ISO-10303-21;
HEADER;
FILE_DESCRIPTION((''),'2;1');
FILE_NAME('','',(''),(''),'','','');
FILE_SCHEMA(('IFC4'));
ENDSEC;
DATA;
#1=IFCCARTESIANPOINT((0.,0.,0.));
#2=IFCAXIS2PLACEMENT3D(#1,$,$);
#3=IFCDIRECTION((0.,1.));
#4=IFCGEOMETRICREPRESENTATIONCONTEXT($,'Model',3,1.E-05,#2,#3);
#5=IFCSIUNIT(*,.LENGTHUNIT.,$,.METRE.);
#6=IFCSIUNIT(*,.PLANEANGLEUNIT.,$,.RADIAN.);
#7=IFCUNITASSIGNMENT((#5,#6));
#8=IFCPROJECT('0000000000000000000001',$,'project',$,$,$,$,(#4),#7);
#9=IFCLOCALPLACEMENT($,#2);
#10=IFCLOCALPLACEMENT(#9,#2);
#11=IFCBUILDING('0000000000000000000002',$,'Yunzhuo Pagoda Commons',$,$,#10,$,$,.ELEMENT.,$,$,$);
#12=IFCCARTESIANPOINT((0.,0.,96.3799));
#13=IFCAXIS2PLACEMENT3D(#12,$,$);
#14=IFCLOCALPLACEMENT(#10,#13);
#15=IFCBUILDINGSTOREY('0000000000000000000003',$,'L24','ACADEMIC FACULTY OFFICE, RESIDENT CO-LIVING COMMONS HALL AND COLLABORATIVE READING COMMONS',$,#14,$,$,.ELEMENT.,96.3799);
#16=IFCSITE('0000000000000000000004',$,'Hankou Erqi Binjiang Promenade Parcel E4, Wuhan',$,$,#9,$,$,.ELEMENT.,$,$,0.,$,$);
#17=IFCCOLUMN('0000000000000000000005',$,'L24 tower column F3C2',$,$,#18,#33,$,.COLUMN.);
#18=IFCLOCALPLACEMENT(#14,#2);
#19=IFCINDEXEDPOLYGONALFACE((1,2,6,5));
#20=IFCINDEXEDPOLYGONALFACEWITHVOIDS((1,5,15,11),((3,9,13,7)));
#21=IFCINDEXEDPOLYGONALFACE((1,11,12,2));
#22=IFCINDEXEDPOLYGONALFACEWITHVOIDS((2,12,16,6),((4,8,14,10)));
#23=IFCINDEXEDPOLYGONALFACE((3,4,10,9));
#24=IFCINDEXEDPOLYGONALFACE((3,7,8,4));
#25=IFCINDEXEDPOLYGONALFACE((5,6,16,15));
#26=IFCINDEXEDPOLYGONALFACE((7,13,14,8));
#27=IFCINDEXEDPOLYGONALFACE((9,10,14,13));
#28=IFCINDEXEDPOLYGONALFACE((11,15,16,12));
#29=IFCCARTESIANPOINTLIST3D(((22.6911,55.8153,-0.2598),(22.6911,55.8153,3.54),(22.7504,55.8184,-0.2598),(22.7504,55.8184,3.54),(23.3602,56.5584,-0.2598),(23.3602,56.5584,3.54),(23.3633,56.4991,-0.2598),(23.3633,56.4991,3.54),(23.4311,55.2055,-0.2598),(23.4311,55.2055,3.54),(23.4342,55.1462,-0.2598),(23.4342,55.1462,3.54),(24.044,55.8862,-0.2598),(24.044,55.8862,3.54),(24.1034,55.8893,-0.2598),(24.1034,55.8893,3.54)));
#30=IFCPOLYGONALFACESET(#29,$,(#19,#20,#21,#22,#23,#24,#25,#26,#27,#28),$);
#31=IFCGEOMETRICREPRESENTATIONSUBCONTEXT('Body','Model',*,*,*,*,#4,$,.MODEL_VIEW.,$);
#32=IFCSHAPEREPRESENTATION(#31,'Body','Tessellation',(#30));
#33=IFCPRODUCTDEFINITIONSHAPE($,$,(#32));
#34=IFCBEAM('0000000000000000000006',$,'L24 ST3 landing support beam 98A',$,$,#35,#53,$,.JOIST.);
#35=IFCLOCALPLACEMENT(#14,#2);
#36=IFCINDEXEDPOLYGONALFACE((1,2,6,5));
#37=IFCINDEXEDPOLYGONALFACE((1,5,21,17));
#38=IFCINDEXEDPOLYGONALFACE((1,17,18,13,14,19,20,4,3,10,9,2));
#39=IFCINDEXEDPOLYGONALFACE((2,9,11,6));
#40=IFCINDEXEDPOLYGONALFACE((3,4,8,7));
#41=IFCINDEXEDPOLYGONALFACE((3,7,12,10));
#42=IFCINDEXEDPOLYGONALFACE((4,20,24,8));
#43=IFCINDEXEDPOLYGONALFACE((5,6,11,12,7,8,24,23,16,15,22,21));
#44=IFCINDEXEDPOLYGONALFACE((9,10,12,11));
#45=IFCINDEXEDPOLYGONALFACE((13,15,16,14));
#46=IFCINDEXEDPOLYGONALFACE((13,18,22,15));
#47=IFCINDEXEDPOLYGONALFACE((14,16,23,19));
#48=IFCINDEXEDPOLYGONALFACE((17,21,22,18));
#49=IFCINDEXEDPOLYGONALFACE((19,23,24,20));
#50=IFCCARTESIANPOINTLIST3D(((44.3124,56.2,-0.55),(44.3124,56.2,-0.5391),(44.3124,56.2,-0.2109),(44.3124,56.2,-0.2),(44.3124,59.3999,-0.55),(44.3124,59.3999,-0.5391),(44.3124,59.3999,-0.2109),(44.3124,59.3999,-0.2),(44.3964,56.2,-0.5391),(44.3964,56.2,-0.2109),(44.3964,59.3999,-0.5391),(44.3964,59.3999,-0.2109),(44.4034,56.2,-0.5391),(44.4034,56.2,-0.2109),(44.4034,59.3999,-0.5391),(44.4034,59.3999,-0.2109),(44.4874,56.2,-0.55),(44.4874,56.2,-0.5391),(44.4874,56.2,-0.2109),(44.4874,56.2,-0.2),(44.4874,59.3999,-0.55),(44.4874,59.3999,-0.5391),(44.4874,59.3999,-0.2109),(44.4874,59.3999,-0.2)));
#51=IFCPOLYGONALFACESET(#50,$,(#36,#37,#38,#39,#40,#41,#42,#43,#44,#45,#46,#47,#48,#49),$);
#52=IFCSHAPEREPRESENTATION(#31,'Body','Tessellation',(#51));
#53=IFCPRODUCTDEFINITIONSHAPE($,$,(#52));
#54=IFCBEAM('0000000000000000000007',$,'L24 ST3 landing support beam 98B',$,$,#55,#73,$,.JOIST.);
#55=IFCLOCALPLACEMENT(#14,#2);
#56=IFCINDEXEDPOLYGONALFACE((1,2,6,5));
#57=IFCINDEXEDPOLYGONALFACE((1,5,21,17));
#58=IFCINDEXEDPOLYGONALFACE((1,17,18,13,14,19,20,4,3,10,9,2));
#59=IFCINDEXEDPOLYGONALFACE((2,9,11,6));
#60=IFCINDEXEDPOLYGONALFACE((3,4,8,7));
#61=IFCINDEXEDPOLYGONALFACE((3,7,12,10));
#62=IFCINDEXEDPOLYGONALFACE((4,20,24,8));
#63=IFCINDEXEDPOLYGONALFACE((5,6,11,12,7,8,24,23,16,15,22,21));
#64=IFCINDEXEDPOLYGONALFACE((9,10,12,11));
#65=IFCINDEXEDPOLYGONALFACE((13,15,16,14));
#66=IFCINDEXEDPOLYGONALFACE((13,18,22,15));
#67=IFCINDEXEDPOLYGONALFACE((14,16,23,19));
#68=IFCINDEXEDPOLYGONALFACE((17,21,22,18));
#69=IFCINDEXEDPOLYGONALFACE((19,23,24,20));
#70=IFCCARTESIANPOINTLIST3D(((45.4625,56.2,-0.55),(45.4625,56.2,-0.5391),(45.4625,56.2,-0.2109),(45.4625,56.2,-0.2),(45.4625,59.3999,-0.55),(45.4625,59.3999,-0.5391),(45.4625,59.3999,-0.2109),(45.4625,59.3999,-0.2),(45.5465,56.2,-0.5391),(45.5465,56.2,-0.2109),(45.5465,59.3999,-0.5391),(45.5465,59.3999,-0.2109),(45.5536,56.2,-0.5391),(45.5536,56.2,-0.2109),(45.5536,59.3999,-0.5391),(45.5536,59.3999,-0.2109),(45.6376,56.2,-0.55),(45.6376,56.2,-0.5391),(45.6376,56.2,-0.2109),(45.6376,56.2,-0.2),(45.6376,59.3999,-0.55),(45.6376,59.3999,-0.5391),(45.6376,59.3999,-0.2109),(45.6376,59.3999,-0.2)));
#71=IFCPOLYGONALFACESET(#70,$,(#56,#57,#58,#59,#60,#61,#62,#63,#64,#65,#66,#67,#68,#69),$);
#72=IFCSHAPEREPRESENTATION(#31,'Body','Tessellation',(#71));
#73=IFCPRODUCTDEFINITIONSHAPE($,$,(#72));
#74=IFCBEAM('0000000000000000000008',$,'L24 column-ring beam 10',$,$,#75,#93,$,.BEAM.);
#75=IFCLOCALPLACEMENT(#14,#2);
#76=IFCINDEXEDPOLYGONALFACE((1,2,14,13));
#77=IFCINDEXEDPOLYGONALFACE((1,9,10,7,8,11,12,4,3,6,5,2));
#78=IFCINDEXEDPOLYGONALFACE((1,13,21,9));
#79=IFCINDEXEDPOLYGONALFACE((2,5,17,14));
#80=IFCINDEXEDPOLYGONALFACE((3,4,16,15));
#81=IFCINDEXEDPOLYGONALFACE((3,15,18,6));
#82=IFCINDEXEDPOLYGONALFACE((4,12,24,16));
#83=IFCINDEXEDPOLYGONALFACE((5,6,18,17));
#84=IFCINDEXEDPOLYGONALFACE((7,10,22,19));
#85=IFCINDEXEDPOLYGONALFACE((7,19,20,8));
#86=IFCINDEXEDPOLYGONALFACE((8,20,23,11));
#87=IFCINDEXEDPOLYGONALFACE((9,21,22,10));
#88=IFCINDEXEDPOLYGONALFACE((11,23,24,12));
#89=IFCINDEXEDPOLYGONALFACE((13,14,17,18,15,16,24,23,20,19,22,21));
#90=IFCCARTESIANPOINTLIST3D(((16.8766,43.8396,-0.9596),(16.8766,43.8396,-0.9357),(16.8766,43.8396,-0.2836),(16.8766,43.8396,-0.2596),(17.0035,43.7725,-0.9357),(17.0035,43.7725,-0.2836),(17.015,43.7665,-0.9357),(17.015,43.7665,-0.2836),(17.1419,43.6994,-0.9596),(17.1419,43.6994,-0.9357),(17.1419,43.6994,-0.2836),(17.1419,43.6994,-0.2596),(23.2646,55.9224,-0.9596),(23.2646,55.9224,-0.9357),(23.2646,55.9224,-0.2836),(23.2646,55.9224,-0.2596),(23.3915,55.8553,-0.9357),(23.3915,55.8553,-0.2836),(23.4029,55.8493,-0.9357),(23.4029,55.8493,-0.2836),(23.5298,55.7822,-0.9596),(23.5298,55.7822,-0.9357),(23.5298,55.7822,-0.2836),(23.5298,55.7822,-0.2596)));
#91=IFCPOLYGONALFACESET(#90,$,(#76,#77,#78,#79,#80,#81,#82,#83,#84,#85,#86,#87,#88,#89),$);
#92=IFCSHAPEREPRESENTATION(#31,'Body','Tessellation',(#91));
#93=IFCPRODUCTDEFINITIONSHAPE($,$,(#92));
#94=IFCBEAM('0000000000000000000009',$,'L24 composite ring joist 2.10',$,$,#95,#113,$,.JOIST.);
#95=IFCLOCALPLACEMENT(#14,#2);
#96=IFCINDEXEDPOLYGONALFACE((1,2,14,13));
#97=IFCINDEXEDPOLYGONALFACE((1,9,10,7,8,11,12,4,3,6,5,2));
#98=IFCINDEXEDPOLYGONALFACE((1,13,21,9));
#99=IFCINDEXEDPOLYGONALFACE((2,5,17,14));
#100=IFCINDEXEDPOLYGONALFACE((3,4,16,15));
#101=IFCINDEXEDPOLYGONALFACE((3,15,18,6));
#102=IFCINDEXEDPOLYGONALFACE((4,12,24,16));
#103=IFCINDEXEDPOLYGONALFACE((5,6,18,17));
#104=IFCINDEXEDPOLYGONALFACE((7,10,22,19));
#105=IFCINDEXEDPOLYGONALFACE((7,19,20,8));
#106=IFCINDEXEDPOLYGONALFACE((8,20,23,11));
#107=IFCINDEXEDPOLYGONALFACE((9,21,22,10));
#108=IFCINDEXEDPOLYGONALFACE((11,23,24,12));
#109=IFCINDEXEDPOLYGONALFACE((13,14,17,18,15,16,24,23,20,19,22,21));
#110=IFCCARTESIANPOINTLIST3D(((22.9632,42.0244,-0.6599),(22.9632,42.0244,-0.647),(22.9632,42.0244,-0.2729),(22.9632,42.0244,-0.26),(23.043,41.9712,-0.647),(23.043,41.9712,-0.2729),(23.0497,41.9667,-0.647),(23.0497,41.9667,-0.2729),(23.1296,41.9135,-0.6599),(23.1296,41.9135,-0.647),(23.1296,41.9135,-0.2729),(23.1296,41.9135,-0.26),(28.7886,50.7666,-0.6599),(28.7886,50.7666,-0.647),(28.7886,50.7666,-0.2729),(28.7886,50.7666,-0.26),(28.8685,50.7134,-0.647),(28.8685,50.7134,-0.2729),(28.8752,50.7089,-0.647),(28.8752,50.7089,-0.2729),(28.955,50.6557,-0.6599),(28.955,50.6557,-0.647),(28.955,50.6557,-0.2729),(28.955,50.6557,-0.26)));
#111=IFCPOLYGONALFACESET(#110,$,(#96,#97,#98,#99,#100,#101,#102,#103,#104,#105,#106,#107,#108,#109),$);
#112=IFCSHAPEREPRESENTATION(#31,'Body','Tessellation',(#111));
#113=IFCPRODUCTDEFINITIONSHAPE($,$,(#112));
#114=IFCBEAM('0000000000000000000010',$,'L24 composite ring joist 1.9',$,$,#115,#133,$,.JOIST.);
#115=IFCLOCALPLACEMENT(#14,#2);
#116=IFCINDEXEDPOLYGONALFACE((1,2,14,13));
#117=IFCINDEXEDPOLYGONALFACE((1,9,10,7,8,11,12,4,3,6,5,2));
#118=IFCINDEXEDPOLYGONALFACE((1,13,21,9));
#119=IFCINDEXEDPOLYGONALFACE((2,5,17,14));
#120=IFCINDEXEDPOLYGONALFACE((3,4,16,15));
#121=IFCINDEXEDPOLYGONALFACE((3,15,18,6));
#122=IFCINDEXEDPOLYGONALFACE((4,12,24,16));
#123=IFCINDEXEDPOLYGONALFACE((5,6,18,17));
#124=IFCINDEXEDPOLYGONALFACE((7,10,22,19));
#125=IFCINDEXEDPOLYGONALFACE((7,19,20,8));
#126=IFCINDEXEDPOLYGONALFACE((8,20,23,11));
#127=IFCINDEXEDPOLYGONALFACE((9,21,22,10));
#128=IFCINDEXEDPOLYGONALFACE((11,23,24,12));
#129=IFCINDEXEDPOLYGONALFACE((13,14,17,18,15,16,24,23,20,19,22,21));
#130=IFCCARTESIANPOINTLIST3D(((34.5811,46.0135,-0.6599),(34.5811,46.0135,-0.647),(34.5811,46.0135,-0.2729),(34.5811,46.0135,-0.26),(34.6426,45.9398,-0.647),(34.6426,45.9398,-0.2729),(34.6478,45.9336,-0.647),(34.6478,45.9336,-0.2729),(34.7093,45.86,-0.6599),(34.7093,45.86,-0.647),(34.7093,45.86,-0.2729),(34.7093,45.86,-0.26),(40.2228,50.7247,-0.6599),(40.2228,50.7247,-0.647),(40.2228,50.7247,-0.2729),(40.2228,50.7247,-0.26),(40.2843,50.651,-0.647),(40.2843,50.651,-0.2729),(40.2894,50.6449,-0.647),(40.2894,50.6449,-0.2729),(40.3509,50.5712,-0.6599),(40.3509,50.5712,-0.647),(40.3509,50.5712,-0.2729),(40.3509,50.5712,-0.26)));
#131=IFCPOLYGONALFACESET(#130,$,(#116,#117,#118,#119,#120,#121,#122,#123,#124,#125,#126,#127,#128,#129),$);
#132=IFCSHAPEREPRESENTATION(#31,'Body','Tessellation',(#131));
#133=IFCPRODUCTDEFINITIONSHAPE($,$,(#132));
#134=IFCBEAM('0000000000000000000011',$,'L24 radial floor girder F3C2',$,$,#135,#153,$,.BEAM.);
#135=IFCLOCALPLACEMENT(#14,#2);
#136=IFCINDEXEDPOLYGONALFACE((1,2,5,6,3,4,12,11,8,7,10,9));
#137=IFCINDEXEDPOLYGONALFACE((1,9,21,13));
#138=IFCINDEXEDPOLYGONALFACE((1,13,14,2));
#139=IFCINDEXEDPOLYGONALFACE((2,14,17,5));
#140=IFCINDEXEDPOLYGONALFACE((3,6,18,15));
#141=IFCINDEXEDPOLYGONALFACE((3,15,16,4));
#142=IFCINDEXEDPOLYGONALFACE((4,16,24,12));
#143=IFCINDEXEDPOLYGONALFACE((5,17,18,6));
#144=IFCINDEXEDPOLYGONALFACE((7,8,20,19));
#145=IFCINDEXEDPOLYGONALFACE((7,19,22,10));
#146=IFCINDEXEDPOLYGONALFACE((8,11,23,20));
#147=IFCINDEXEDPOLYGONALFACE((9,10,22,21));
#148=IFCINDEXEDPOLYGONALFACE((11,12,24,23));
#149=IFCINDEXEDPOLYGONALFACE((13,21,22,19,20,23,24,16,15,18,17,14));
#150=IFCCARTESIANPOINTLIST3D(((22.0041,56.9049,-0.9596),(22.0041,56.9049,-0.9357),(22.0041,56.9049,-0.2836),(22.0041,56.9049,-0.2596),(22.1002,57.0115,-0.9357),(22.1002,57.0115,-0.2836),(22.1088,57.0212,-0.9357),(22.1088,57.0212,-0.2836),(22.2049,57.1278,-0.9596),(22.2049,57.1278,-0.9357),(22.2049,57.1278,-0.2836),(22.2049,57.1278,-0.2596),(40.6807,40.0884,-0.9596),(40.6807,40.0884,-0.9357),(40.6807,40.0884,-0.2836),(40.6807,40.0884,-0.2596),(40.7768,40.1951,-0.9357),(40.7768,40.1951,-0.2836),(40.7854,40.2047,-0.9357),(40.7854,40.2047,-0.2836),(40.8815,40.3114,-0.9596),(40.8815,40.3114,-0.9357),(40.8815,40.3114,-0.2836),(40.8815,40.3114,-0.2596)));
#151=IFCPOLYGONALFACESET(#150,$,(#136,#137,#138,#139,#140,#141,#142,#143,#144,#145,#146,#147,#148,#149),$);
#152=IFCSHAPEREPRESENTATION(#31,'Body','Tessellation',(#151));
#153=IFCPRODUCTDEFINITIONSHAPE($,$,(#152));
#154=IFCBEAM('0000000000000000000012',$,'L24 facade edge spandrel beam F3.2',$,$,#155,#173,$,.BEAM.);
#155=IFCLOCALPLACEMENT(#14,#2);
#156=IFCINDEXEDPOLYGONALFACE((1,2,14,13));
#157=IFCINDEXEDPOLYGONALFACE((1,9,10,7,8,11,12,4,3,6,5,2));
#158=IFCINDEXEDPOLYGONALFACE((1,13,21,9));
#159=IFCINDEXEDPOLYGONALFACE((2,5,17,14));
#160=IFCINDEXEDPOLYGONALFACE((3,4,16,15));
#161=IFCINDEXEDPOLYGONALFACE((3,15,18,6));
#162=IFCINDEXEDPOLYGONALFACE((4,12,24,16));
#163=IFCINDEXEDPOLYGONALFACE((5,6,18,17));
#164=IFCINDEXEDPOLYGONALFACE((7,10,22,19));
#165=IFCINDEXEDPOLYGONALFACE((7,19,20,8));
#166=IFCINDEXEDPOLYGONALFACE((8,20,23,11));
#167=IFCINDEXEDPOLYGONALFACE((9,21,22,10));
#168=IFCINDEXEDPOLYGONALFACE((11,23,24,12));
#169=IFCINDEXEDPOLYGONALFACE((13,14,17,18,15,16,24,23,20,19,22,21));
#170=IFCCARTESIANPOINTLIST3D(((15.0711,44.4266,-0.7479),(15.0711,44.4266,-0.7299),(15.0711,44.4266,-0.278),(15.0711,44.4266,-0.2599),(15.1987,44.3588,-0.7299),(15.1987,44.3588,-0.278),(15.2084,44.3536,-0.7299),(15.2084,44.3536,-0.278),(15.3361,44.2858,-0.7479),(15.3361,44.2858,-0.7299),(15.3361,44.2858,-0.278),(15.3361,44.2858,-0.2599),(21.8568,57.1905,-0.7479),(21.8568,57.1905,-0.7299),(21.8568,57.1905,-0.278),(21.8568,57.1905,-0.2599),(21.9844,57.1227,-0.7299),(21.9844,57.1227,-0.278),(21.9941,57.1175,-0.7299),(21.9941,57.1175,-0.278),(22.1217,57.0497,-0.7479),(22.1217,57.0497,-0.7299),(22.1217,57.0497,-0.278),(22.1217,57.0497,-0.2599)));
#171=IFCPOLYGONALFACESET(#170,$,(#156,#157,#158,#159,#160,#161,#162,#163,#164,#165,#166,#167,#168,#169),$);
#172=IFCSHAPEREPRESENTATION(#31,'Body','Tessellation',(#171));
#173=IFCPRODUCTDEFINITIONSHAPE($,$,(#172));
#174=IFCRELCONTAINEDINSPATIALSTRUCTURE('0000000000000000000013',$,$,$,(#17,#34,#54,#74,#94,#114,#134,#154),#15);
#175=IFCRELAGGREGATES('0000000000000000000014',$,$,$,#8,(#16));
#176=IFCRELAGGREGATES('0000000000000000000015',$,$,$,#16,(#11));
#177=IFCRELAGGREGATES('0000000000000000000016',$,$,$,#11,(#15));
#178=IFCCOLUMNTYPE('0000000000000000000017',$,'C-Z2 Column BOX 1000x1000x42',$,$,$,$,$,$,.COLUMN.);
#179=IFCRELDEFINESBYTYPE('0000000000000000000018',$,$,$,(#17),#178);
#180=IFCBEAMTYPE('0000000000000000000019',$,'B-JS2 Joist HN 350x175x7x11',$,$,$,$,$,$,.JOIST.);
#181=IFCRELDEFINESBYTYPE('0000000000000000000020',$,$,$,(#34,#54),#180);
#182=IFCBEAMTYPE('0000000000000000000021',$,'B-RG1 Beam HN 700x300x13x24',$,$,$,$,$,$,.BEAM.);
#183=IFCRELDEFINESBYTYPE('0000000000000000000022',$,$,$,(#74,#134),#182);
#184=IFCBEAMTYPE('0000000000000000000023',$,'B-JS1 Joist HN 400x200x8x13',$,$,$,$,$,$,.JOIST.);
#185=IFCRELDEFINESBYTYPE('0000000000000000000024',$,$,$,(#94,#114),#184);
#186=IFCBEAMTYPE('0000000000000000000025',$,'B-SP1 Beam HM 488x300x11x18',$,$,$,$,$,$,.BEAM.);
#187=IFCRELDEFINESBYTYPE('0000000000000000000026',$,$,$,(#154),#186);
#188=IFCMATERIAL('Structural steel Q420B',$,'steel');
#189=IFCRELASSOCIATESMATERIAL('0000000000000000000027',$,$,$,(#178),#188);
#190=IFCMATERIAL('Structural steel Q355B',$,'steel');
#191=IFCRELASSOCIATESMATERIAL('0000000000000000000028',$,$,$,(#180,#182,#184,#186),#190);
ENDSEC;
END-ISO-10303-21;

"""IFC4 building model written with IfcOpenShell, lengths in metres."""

from ifc_helpers import new_model, si_unit, direction, frame, origin, origin_2d, place, context, subcontext, project, spatial, hollow_rectangle, i_section, extrude, source, transform, mapped, material, material_profile, profile_set, type_object, element, save


model = new_model("IFC4")

# Units and contexts
model_context = context("Model", 3, precision=1e-05, world=origin(), true_north=direction((0.0, 1.0)))
body_context = subcontext(model_context, "Body", "Model", "MODEL_VIEW")
ifc_project = project(units=[si_unit("LENGTHUNIT", "METRE"), si_unit("PLANEANGLEUNIT", "RADIAN")], contexts=[model_context])

# Site, building, storey
site_placement = place(None, origin())
site = spatial("IfcSite", under=ifc_project, at=site_placement, Name="Hankou Erqi Binjiang Promenade Parcel E4, Wuhan", CompositionType="ELEMENT", RefElevation=0.0)
building_placement = place(site_placement, origin())
building = spatial("IfcBuilding", under=site, at=building_placement, Name="Yunzhuo Pagoda Commons", CompositionType="ELEMENT")
storey_placement = place(building_placement, frame((0.0, 0.0, 96.3799)))
storey = spatial("IfcBuildingStorey", under=building, at=storey_placement, Name="L24", Description="ACADEMIC FACULTY OFFICE, RESIDENT CO-LIVING COMMONS HALL AND COLLABORATIVE READING COMMONS", CompositionType="ELEMENT", Elevation=96.3799)

# Column
ifc_material_1 = material(Name="Structural steel Q420B", Category="steel")
ifc_material_profile_1 = material_profile(ifc_material_1, hollow_rectangle(XDim=1.0, YDim=1.0, WallThickness=0.042, at=origin_2d()), Name="Structural steel Q420B")
ifc_profile_set_1 = profile_set([ifc_material_profile_1], Name="Structural steel Q420B")
column_type = type_object("IfcColumnType", Name="C-Z2 Column BOX 1000x1000x42", PredefinedType="COLUMN", material=ifc_profile_set_1)
shared_shape_1 = source(origin(), body_context, "Body", "SweptSolid", [
    extrude(hollow_rectangle(XDim=1.0, YDim=1.0, WallThickness=0.042, at=origin_2d()), origin(), (0.0, 0.0, 1.0), 3.7998),
])
column_placement = place(storey_placement, frame((23.3972, 55.8523, -0.2598), z_axis=(0.0, 0.0, 1.0), x_axis=(-0.669131, -0.743145, 0.0)))
element("IfcColumn", 1, at=column_placement, inside=storey, type_object=column_type, Name="L24 tower column F3C2", PredefinedType="COLUMN", context=body_context, shape_type="MappedRepresentation", body=[
    mapped(shared_shape_1, transform((0.0, 0.0, 0.0), scale=1.0)),
])

# Beams
ifc_material_2 = material(Name="Structural steel Q355B", Category="steel")
ifc_material_profile_2 = material_profile(ifc_material_2, i_section(OverallWidth=0.175, OverallDepth=0.3501, WebThickness=0.0071, FlangeThickness=0.011, at=origin_2d()), Name="Structural steel Q355B")
ifc_profile_set_2 = profile_set([ifc_material_profile_2], Name="Structural steel Q355B")
beam_type_1 = type_object("IfcBeamType", Name="B-JS2 Joist HN 350x175x7x11", PredefinedType="JOIST", material=ifc_profile_set_2)
shared_shape_2 = source(origin(), body_context, "Body", "SweptSolid", [
    extrude(i_section(OverallWidth=0.175, OverallDepth=0.3501, WebThickness=0.0071, FlangeThickness=0.011, at=origin_2d()), origin(), (0.0, 0.0, 1.0), 3.2),
])
for number, where, z_axis, x_axis, name in (
    (2, (44.3999, 56.2, -0.375), (0.0, 1.0, 0.0), (-1.0, 0.0, 0.0), "L24 ST3 landing support beam 98A"),
    (3, (45.55, 56.2, -0.375), (0.0, 1.0, 0.0), (-1.0, 0.0, 0.0), "L24 ST3 landing support beam 98B"),
):
    element("IfcBeam", number, at=place(storey_placement, frame(where, z_axis=z_axis, x_axis=x_axis)), inside=storey, type_object=beam_type_1, Name=name, PredefinedType="JOIST", context=body_context, shape_type="MappedRepresentation", body=[
        mapped(shared_shape_2, transform((0.0, 0.0, 0.0), scale=1.0)),
    ])
ifc_material_profile_3 = material_profile(ifc_material_2, i_section(OverallWidth=0.3, OverallDepth=0.7, WebThickness=0.0129, FlangeThickness=0.0239, at=origin_2d()), Name="Structural steel Q355B")
ifc_profile_set_3 = profile_set([ifc_material_profile_3], Name="Structural steel Q355B")
beam_type_2 = type_object("IfcBeamType", Name="B-RG1 Beam HN 700x300x13x24", PredefinedType="BEAM", material=ifc_profile_set_3)
shared_shape_3 = source(origin(), body_context, "Body", "SweptSolid", [
    extrude(i_section(OverallWidth=0.3, OverallDepth=0.7, WebThickness=0.0129, FlangeThickness=0.0239, at=origin_2d()), origin(), (0.0, 0.0, 1.0), 13.6675),
])
beam_1_placement = place(storey_placement, frame((23.3972, 55.8523, -0.6096), z_axis=(-0.467384, -0.884055, 0.0), x_axis=(0.884055, -0.467384, 0.0)))
element("IfcBeam", 4, at=beam_1_placement, inside=storey, type_object=beam_type_2, Name="L24 column-ring beam 10", PredefinedType="BEAM", context=body_context, shape_type="MappedRepresentation", body=[
    mapped(shared_shape_3, transform((0.0, 0.0, 0.0), scale=1.0)),
])
ifc_material_profile_4 = material_profile(ifc_material_2, i_section(OverallWidth=0.2, OverallDepth=0.3999, WebThickness=0.0081, FlangeThickness=0.0129, at=origin_2d()), Name="Structural steel Q355B")
ifc_profile_set_4 = profile_set([ifc_material_profile_4], Name="Structural steel Q355B")
beam_type_3 = type_object("IfcBeamType", Name="B-JS1 Joist HN 400x200x8x13", PredefinedType="JOIST", material=ifc_profile_set_4)
shared_shape_4 = source(origin(), body_context, "Body", "SweptSolid", [
    extrude(i_section(OverallWidth=0.2, OverallDepth=0.3999, WebThickness=0.0081, FlangeThickness=0.0129, at=origin_2d()), origin(), (0.0, 0.0, 1.0), 10.5054),
])
beam_2_placement = place(storey_placement, frame((28.8718, 50.7112, -0.46), z_axis=(-0.554523, -0.832168, 0.0), x_axis=(0.832168, -0.554523, 0.0)))
element("IfcBeam", 5, at=beam_2_placement, inside=storey, type_object=beam_type_3, Name="L24 composite ring joist 2.10", PredefinedType="JOIST", context=body_context, shape_type="MappedRepresentation", body=[
    mapped(shared_shape_4, transform((0.0, 0.0, 0.0), scale=1.0)),
])
shared_shape_5 = source(origin(), body_context, "Body", "SweptSolid", [
    extrude(i_section(OverallWidth=0.2, OverallDepth=0.3999, WebThickness=0.0081, FlangeThickness=0.0129, at=origin_2d()), origin(), (0.0, 0.0, 1.0), 7.3501),
])
beam_3_placement = place(storey_placement, frame((40.2869, 50.6479, -0.46), z_axis=(-0.767562, -0.640975, 0.0), x_axis=(0.640975, -0.767562, 0.0)))
element("IfcBeam", 6, at=beam_3_placement, inside=storey, type_object=beam_type_3, Name="L24 composite ring joist 1.9", PredefinedType="JOIST", context=body_context, shape_type="MappedRepresentation", body=[
    mapped(shared_shape_5, transform((0.0, 0.0, 0.0), scale=1.0)),
])
shared_shape_6 = source(origin(), body_context, "Body", "SweptSolid", [
    extrude(i_section(OverallWidth=0.3, OverallDepth=0.7, WebThickness=0.0129, FlangeThickness=0.0239, at=origin_2d()), origin(), (0.0, 0.0, 1.0), 25.1318),
])
beam_4_placement = place(storey_placement, frame((22.1045, 57.0164, -0.6096), z_axis=(0.743145, -0.669131, 0.0), x_axis=(0.669131, 0.743145, 0.0)))
element("IfcBeam", 7, at=beam_4_placement, inside=storey, type_object=beam_type_2, Name="L24 radial floor girder F3C2", PredefinedType="BEAM", context=body_context, shape_type="MappedRepresentation", body=[
    mapped(shared_shape_6, transform((0.0, 0.0, 0.0), scale=1.0)),
])
ifc_material_profile_5 = material_profile(ifc_material_2, i_section(OverallWidth=0.3, OverallDepth=0.488, WebThickness=0.011, FlangeThickness=0.0181, at=origin_2d()), Name="Structural steel Q355B")
ifc_profile_set_5 = profile_set([ifc_material_profile_5], Name="Structural steel Q355B")
beam_type_4 = type_object("IfcBeamType", Name="B-SP1 Beam HM 488x300x11x18", PredefinedType="BEAM", material=ifc_profile_set_5)
shared_shape_7 = source(origin(), body_context, "Body", "SweptSolid", [
    extrude(i_section(OverallWidth=0.3, OverallDepth=0.488, WebThickness=0.011, FlangeThickness=0.0181, at=origin_2d()), origin(), (0.0, 0.0, 1.0), 14.4556),
])
beam_5_placement = place(storey_placement, frame((21.9893, 57.1201, -0.5039), z_axis=(-0.469415, -0.882978, 0.0), x_axis=(0.882978, -0.469415, 0.0)))
element("IfcBeam", 8, at=beam_5_placement, inside=storey, type_object=beam_type_4, Name="L24 facade edge spandrel beam F3.2", PredefinedType="BEAM", context=body_context, shape_type="MappedRepresentation", body=[
    mapped(shared_shape_7, transform((0.0, 0.0, 0.0), scale=1.0)),
])

save(model, "model.ifc")
